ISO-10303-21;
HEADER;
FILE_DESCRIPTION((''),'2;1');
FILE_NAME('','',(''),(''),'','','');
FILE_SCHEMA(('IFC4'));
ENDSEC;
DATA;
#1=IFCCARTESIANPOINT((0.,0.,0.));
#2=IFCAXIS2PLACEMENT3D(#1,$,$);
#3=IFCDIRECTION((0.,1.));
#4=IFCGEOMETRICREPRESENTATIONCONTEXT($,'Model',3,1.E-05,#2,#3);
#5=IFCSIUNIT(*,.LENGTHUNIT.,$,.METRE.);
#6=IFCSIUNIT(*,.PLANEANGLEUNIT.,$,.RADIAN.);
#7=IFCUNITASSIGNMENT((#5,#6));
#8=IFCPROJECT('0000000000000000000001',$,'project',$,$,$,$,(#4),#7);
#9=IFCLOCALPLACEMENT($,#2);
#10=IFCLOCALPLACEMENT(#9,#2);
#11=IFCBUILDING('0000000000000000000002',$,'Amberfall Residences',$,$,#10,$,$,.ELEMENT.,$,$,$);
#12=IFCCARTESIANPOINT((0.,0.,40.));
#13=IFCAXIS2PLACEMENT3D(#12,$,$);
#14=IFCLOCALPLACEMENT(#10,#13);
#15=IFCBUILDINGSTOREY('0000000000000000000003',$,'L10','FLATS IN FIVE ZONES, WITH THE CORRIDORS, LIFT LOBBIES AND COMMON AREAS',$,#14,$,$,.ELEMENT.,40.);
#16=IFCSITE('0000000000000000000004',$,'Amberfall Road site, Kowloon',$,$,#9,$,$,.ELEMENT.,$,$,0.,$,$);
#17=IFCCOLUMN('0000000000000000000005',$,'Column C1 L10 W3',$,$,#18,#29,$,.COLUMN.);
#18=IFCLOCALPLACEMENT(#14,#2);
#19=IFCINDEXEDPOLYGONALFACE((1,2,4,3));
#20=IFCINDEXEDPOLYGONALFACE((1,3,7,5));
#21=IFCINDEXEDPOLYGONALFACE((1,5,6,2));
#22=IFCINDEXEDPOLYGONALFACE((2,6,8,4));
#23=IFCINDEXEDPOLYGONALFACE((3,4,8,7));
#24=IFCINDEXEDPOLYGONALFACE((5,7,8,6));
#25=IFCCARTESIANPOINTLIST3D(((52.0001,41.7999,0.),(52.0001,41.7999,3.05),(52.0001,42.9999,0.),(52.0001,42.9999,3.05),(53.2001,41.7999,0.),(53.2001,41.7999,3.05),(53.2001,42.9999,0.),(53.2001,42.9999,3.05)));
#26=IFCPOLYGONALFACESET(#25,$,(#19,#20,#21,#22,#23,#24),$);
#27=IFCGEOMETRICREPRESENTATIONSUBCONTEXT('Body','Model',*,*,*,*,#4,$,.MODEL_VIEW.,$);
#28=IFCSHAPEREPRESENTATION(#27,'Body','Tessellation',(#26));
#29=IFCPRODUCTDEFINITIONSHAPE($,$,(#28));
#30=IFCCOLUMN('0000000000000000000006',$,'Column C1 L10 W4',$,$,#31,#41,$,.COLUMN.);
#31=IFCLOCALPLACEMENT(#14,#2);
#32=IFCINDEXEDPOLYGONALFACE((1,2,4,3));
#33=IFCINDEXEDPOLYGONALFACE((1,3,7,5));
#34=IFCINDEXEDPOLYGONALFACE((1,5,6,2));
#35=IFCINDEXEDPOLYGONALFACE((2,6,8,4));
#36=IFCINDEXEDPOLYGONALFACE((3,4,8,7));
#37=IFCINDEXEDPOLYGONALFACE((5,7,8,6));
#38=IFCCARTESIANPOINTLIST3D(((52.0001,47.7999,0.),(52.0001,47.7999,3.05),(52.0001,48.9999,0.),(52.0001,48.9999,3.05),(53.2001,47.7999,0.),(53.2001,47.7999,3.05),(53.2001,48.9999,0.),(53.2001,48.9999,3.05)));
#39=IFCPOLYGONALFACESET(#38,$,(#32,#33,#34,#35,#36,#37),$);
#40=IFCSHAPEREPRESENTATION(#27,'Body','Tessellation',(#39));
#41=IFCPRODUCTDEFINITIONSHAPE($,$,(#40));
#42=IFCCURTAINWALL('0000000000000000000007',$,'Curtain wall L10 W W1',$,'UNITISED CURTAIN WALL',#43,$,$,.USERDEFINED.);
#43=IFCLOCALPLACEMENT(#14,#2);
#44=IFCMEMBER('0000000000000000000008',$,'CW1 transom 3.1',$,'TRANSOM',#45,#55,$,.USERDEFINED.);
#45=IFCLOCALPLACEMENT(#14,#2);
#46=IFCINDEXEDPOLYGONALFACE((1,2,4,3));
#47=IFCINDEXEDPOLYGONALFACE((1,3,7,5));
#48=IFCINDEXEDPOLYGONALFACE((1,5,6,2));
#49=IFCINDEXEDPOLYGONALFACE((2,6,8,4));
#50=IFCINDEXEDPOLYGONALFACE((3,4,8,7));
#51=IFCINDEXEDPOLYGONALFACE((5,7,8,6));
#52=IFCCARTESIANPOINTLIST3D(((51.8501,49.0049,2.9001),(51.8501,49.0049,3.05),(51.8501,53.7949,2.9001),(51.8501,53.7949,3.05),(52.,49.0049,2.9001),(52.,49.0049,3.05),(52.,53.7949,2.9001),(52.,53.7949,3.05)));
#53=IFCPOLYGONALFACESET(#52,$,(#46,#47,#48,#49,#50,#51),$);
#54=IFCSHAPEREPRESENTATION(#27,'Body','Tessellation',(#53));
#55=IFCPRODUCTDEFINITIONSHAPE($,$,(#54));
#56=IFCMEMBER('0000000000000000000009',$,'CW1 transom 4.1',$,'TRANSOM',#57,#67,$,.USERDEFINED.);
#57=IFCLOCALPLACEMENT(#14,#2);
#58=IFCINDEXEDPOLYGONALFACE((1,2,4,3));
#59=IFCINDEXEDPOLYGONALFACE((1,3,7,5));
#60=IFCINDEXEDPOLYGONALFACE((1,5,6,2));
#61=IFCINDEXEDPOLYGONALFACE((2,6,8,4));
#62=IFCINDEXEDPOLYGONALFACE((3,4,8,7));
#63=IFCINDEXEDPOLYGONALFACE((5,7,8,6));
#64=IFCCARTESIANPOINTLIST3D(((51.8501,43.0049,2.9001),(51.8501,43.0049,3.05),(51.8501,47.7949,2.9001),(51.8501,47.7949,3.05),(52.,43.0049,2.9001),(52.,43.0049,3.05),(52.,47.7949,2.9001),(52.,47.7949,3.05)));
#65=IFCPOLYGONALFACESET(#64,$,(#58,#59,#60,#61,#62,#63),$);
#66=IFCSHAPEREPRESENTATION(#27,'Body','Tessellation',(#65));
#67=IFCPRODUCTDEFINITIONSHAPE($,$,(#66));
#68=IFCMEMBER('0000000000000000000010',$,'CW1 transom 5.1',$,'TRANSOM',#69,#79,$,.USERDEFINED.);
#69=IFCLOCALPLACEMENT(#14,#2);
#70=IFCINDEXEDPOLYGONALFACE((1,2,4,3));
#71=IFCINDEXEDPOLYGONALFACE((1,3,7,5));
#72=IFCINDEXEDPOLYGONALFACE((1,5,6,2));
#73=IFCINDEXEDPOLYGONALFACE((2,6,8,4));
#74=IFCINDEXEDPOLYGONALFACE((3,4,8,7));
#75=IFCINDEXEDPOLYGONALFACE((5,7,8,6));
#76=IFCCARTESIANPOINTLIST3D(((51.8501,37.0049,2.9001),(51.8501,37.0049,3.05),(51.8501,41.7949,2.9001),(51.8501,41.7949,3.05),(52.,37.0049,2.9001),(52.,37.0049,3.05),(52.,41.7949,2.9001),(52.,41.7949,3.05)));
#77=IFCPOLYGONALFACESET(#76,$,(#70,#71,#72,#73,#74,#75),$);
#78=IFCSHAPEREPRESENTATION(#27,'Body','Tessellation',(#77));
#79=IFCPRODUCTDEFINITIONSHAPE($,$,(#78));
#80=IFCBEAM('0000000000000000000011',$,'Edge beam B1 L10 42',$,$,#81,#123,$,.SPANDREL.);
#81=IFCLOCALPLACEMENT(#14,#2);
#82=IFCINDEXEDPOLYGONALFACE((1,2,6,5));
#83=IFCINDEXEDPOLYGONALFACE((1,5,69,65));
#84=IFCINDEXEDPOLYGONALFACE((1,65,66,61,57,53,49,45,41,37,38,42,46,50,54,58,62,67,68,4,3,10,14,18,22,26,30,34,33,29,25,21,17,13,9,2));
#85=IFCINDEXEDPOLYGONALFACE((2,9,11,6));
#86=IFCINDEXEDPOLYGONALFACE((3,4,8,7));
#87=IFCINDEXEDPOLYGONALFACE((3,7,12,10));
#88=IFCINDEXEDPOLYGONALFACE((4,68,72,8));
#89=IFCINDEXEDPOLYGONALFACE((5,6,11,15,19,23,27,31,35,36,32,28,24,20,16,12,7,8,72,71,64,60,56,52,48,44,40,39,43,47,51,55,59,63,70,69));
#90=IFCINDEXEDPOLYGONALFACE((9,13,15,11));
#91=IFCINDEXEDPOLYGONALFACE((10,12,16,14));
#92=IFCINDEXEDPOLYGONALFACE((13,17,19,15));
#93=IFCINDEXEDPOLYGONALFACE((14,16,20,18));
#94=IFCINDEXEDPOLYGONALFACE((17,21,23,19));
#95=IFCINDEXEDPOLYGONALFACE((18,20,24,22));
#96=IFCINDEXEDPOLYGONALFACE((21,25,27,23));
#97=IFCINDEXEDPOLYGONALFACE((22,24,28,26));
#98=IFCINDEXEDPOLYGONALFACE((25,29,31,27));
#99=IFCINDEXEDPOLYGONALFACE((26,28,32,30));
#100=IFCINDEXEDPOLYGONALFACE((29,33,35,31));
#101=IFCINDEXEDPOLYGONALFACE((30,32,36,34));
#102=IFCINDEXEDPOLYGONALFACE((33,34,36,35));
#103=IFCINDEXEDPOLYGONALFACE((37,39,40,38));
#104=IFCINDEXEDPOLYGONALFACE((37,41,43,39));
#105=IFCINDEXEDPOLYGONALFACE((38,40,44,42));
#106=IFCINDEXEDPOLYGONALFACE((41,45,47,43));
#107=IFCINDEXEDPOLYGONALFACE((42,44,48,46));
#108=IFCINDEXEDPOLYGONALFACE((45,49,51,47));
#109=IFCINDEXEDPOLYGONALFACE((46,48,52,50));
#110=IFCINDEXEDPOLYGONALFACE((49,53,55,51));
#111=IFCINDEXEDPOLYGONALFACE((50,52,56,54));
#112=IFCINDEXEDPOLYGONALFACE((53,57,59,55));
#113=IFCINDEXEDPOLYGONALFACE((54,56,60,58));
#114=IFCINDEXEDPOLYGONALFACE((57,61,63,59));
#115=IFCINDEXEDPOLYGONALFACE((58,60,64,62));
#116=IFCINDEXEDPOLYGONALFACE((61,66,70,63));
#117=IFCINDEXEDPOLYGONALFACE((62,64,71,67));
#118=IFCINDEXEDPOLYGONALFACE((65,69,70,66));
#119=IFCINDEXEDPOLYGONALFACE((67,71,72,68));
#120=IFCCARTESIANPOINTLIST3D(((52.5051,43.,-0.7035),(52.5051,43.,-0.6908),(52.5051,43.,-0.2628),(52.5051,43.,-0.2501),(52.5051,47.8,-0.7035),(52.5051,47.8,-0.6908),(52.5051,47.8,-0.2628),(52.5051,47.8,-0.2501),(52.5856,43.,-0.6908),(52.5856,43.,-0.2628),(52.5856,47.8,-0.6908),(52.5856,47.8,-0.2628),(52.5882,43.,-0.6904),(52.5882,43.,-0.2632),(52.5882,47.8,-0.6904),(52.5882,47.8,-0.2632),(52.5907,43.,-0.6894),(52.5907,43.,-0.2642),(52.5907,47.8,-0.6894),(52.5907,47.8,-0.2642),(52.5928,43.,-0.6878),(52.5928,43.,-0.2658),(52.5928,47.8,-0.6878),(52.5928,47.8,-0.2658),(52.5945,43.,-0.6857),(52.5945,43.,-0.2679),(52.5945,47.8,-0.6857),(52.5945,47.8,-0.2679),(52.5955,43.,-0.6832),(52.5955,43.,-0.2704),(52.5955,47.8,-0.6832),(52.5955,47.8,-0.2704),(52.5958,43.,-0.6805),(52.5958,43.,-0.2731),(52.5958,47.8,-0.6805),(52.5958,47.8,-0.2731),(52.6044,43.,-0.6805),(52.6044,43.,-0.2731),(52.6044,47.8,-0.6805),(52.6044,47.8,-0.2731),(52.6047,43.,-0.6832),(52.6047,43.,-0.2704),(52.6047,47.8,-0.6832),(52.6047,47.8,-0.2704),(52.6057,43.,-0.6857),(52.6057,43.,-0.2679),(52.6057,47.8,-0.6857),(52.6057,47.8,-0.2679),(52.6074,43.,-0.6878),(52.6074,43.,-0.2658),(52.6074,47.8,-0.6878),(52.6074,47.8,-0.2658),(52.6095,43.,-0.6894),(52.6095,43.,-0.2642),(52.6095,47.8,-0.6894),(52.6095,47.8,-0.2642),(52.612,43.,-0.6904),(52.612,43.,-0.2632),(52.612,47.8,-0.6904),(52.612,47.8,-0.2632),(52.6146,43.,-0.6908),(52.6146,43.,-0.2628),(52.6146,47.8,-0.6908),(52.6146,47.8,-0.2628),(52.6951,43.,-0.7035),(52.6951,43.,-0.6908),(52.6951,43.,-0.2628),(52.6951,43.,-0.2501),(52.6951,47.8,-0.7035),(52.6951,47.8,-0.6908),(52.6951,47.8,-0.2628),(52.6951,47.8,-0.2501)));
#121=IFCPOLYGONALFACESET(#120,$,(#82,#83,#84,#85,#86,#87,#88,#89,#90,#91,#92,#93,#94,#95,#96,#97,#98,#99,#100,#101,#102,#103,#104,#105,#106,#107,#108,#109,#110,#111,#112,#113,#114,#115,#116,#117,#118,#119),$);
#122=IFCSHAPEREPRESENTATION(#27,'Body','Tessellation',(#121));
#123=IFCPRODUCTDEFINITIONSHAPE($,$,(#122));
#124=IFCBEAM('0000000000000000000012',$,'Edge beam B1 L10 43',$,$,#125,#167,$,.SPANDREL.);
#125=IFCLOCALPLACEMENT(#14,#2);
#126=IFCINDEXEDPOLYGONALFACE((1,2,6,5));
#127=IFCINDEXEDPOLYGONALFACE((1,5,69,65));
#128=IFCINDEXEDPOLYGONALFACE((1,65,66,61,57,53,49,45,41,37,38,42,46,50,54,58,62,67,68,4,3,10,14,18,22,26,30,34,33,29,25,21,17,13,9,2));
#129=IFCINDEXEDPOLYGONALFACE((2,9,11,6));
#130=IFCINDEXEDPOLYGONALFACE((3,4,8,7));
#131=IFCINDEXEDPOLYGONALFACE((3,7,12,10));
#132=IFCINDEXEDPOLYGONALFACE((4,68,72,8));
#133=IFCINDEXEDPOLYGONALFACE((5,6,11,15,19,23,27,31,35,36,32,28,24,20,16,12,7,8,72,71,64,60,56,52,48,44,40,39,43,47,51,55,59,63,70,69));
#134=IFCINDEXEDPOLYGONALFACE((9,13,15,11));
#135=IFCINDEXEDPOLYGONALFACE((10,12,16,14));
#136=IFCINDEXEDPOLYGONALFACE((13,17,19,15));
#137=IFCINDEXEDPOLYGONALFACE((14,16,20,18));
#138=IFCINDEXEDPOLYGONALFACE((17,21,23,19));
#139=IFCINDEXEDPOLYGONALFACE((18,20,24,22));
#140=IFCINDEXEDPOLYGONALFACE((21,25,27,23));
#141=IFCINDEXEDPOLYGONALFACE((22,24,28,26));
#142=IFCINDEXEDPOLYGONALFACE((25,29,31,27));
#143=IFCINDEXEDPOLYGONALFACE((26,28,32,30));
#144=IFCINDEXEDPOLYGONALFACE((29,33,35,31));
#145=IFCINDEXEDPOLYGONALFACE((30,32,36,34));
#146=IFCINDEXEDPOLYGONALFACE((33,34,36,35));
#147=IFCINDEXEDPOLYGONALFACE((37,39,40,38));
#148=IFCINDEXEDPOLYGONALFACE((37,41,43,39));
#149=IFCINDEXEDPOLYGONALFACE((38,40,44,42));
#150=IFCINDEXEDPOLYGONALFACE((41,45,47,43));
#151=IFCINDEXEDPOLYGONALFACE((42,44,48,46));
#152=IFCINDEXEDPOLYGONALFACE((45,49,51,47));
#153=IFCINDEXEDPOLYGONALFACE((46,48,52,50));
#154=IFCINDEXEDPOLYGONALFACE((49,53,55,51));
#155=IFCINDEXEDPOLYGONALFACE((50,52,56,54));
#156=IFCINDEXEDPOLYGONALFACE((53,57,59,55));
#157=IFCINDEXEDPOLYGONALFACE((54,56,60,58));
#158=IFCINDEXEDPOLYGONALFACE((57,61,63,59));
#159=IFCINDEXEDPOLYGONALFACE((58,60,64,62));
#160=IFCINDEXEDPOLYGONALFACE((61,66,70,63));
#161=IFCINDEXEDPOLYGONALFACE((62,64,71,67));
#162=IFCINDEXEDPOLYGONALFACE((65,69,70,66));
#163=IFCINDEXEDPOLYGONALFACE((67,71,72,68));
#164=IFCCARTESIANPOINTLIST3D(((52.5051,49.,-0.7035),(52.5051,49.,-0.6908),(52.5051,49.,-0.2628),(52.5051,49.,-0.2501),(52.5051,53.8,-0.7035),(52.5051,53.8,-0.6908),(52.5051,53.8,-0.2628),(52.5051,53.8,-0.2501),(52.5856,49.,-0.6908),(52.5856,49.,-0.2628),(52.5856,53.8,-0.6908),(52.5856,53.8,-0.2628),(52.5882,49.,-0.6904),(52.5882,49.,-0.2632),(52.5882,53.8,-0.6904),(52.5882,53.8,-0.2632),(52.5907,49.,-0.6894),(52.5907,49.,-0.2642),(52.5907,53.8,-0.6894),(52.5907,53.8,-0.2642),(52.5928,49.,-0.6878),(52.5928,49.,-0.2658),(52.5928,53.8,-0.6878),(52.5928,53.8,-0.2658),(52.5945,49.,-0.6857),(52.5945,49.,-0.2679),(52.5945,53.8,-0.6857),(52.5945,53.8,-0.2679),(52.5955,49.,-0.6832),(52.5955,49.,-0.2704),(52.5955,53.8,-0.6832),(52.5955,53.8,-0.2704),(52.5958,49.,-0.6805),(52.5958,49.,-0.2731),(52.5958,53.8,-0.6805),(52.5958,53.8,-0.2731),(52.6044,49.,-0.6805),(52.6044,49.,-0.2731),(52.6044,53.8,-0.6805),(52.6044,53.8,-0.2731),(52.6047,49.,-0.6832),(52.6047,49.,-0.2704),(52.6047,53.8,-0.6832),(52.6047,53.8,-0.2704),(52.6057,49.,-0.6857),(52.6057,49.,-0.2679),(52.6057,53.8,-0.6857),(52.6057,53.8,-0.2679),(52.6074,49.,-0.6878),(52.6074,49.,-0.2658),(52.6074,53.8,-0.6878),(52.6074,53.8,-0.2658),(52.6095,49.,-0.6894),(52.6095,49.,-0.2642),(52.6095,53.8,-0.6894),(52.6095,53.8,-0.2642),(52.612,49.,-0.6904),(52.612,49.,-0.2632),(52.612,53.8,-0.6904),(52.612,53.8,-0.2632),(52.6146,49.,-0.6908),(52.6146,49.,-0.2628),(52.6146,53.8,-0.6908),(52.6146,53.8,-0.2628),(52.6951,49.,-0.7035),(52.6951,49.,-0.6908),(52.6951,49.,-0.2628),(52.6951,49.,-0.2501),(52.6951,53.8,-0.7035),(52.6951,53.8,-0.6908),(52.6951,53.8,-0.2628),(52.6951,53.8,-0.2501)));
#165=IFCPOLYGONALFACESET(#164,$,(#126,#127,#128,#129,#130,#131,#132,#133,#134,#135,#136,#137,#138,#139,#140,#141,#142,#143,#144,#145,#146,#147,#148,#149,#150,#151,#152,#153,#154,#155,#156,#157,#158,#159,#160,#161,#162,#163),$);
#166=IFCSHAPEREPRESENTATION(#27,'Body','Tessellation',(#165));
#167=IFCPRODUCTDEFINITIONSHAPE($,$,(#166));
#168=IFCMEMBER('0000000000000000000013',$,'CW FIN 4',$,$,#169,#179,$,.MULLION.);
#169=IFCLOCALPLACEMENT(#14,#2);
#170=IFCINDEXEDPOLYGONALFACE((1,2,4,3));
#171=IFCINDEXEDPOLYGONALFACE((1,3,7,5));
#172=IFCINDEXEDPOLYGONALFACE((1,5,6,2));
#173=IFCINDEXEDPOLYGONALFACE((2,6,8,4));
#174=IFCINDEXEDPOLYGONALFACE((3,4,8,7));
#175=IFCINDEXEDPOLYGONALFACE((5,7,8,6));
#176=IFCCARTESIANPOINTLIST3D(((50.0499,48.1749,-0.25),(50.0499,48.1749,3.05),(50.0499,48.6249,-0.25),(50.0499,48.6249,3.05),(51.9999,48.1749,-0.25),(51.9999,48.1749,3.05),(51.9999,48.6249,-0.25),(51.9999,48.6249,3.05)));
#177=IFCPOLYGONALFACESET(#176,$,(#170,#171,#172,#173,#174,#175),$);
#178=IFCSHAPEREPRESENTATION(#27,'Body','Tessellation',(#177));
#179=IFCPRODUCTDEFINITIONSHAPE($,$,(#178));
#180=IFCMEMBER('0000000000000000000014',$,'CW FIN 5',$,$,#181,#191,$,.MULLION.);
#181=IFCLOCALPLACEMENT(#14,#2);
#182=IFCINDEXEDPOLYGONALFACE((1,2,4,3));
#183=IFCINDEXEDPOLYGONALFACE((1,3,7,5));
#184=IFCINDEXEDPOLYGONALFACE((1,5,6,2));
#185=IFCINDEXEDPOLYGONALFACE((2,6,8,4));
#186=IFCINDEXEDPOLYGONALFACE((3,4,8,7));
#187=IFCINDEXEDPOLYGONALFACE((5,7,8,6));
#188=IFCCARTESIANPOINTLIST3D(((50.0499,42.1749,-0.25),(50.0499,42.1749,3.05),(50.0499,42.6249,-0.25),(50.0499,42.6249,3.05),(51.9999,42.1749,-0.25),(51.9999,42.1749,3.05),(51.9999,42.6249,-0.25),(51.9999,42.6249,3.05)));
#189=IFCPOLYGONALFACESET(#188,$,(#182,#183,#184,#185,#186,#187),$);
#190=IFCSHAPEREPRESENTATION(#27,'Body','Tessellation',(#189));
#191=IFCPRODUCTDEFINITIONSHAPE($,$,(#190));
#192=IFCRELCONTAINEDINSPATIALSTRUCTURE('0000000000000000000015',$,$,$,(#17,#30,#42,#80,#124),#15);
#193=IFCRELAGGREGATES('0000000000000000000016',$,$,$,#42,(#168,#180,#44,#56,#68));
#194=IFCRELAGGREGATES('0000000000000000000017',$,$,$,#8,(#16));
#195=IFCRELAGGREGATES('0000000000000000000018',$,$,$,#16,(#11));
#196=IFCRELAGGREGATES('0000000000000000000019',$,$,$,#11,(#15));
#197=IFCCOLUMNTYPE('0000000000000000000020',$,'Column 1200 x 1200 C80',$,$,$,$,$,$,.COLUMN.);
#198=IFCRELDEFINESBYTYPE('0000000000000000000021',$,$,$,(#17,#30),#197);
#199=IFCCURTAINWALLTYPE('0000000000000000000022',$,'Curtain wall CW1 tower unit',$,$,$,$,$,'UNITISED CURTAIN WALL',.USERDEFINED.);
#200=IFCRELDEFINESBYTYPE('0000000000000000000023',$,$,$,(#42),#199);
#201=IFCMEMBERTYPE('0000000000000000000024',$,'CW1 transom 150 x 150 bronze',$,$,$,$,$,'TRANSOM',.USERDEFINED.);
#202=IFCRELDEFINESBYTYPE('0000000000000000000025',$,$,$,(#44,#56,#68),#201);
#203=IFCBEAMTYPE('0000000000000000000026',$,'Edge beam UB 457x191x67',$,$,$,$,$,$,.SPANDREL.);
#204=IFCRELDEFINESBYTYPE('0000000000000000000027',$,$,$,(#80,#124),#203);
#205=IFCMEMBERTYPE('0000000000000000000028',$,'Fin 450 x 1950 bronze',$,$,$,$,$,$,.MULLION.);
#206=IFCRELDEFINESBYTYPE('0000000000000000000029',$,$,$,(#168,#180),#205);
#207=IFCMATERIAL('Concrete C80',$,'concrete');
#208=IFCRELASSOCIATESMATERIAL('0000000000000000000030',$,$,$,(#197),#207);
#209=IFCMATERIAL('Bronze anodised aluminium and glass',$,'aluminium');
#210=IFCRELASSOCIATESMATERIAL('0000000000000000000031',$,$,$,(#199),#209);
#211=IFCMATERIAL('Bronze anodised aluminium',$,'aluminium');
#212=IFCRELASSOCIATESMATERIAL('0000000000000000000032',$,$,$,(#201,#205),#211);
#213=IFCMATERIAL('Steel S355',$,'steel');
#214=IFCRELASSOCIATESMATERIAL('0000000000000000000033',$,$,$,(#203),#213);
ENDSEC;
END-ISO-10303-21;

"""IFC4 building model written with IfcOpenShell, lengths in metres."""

from ifc_helpers import new_model, si_unit, direction, frame, origin, origin_2d, place, context, subcontext, project, spatial, rectangle, i_section, extrude, material, material_profile, profile_set, type_object, element, aggregate, save


model = new_model("IFC4")

# Units and contexts
model_context = context("Model", 3, precision=1e-05, world=origin(), true_north=direction((0.0, 1.0)))
body_context = subcontext(model_context, "Body", "Model", "MODEL_VIEW")
ifc_project = project(units=[si_unit("LENGTHUNIT", "METRE"), si_unit("PLANEANGLEUNIT", "RADIAN")], contexts=[model_context])

# Site, building, storey
site_placement = place(None, origin())
site = spatial("IfcSite", under=ifc_project, at=site_placement, Name="Amberfall Road site, Kowloon", CompositionType="ELEMENT", RefElevation=0.0)
building_placement = place(site_placement, origin())
building = spatial("IfcBuilding", under=site, at=building_placement, Name="Amberfall Residences", CompositionType="ELEMENT")
storey_placement = place(building_placement, frame((0.0, 0.0, 40.0)))
storey = spatial("IfcBuildingStorey", under=building, at=storey_placement, Name="L10", Description="FLATS IN FIVE ZONES, WITH THE CORRIDORS, LIFT LOBBIES AND COMMON AREAS", CompositionType="ELEMENT", Elevation=40.0)

# Columns
ifc_material_1 = material(Name="Concrete C80", Category="concrete")
ifc_material_profile_1 = material_profile(ifc_material_1, rectangle(XDim=1.2, YDim=1.2, at=origin_2d()), Name="Column 1200 x 1200 C80")
ifc_profile_set_1 = profile_set([ifc_material_profile_1], Name="Concrete C80")
column_type = type_object("IfcColumnType", Name="Column 1200 x 1200 C80", PredefinedType="COLUMN", material=ifc_profile_set_1)
for number, where, z_axis, x_axis, name in (
    (1, (52.6001, 42.3999, 0.0), (0.0, 0.0, 1.0), (1.0, 0.0, 0.0), "Column C1 L10 W3"),
    (2, (52.6001, 48.3999, 0.0), (0.0, 0.0, 1.0), (1.0, 0.0, 0.0), "Column C1 L10 W4"),
):
    element("IfcColumn", number, at=place(storey_placement, frame(where, z_axis=z_axis, x_axis=x_axis)), inside=storey, type_object=column_type, Name=name, PredefinedType="COLUMN", context=body_context, shape_type="SweptSolid", body=[
        extrude(rectangle(XDim=1.2, YDim=1.2, at=origin_2d()), origin(), (0.0, 0.0, 1.0), 3.05),
    ])

# Curtain wall, members
ifc_material_2 = material(Name="Bronze anodised aluminium and glass", Category="aluminium")
curtain_wall_type = type_object("IfcCurtainWallType", Name="Curtain wall CW1 tower unit", ElementType="UNITISED CURTAIN WALL", PredefinedType="USERDEFINED", material=ifc_material_2)
curtain_wall_placement = place(storey_placement, origin())
curtain_wall = element("IfcCurtainWall", 3, at=curtain_wall_placement, inside=storey, type_object=curtain_wall_type, Name="Curtain wall L10 W W1", ObjectType="UNITISED CURTAIN WALL", PredefinedType="USERDEFINED")
ifc_material_3 = material(Name="Bronze anodised aluminium", Category="aluminium")
ifc_material_profile_2 = material_profile(ifc_material_3, rectangle(XDim=0.1499, YDim=0.1499, at=origin_2d()), Name="CW1 transom 150 x 150 bronze")
ifc_profile_set_2 = profile_set([ifc_material_profile_2], Name="Bronze anodised aluminium")
member_type_1 = type_object("IfcMemberType", Name="CW1 transom 150 x 150 bronze", ElementType="TRANSOM", PredefinedType="USERDEFINED", material=ifc_profile_set_2)
member_1_placement = place(storey_placement, frame((51.925, 53.7949, 2.9751), z_axis=(0.0, -1.0, 0.0), x_axis=(1.0, 0.0, 0.0)))
member_1 = element("IfcMember", 4, at=member_1_placement, type_object=member_type_1, Name="CW1 transom 3.1", ObjectType="TRANSOM", PredefinedType="USERDEFINED", context=body_context, shape_type="SweptSolid", body=[
    extrude(rectangle(XDim=0.1499, YDim=0.1499, at=origin_2d()), origin(), (0.0, 0.0, 1.0), 4.79),
])
member_2_placement = place(storey_placement, frame((51.925, 47.7949, 2.9751), z_axis=(0.0, -1.0, 0.0), x_axis=(1.0, 0.0, 0.0)))
member_2 = element("IfcMember", 5, at=member_2_placement, type_object=member_type_1, Name="CW1 transom 4.1", ObjectType="TRANSOM", PredefinedType="USERDEFINED", context=body_context, shape_type="SweptSolid", body=[
    extrude(rectangle(XDim=0.1499, YDim=0.1499, at=origin_2d()), origin(), (0.0, 0.0, 1.0), 4.79),
])
member_3_placement = place(storey_placement, frame((51.925, 41.7949, 2.9751), z_axis=(0.0, -1.0, 0.0), x_axis=(1.0, 0.0, 0.0)))
member_3 = element("IfcMember", 6, at=member_3_placement, type_object=member_type_1, Name="CW1 transom 5.1", ObjectType="TRANSOM", PredefinedType="USERDEFINED", context=body_context, shape_type="SweptSolid", body=[
    extrude(rectangle(XDim=0.1499, YDim=0.1499, at=origin_2d()), origin(), (0.0, 0.0, 1.0), 4.79),
])

# Beams
ifc_material_4 = material(Name="Steel S355", Category="steel")
ifc_material_profile_3 = material_profile(ifc_material_4, i_section(OverallWidth=0.1899, OverallDepth=0.4534, WebThickness=0.0085, FlangeThickness=0.0127, FilletRadius=0.0103, at=origin_2d()), Name="UB 457x191x67")
ifc_profile_set_3 = profile_set([ifc_material_profile_3], Name="Steel S355")
beam_type_1 = type_object("IfcBeamType", Name="Edge beam UB 457x191x67", PredefinedType="SPANDREL", material=ifc_profile_set_3)
for number, where, z_axis, x_axis, name in (
    (7, (52.6001, 43.0, -0.4768), (0.0, 1.0, 0.0), (-1.0, 0.0, 0.0), "Edge beam B1 L10 42"),
    (8, (52.6001, 49.0, -0.4768), (0.0, 1.0, 0.0), (-1.0, 0.0, 0.0), "Edge beam B1 L10 43"),
):
    element("IfcBeam", number, at=place(storey_placement, frame(where, z_axis=z_axis, x_axis=x_axis)), inside=storey, type_object=beam_type_1, Name=name, PredefinedType="SPANDREL", context=body_context, shape_type="SweptSolid", body=[
        extrude(i_section(OverallWidth=0.1899, OverallDepth=0.4534, WebThickness=0.0085, FlangeThickness=0.0127, FilletRadius=0.0103, at=origin_2d()), origin(), (0.0, 0.0, 1.0), 4.8),
    ])

# Members
ifc_material_profile_4 = material_profile(ifc_material_3, rectangle(XDim=1.95, YDim=0.45, at=origin_2d()), Name="Fin 450 x 1950 bronze")
ifc_profile_set_4 = profile_set([ifc_material_profile_4], Name="Bronze anodised aluminium")
member_type_2 = type_object("IfcMemberType", Name="Fin 450 x 1950 bronze", PredefinedType="MULLION", material=ifc_profile_set_4)
member_4_placement = place(storey_placement, frame((51.0249, 48.3999, -0.25), z_axis=(0.0, 0.0, 1.0), x_axis=(1.0, 0.0, 0.0)))
member_4 = element("IfcMember", 9, at=member_4_placement, type_object=member_type_2, Name="CW FIN 4", PredefinedType="MULLION", context=body_context, shape_type="SweptSolid", body=[
    extrude(rectangle(XDim=1.95, YDim=0.45, at=origin_2d()), origin(), (0.0, 0.0, 1.0), 3.3),
])
member_5_placement = place(storey_placement, frame((51.0249, 42.3999, -0.25), z_axis=(0.0, 0.0, 1.0), x_axis=(1.0, 0.0, 0.0)))
member_5 = element("IfcMember", 10, at=member_5_placement, type_object=member_type_2, Name="CW FIN 5", PredefinedType="MULLION", context=body_context, shape_type="SweptSolid", body=[
    extrude(rectangle(XDim=1.95, YDim=0.45, at=origin_2d()), origin(), (0.0, 0.0, 1.0), 3.3),
])

aggregate(curtain_wall, [member_4, member_5, member_1, member_2, member_3])

save(model, "model.ifc")
